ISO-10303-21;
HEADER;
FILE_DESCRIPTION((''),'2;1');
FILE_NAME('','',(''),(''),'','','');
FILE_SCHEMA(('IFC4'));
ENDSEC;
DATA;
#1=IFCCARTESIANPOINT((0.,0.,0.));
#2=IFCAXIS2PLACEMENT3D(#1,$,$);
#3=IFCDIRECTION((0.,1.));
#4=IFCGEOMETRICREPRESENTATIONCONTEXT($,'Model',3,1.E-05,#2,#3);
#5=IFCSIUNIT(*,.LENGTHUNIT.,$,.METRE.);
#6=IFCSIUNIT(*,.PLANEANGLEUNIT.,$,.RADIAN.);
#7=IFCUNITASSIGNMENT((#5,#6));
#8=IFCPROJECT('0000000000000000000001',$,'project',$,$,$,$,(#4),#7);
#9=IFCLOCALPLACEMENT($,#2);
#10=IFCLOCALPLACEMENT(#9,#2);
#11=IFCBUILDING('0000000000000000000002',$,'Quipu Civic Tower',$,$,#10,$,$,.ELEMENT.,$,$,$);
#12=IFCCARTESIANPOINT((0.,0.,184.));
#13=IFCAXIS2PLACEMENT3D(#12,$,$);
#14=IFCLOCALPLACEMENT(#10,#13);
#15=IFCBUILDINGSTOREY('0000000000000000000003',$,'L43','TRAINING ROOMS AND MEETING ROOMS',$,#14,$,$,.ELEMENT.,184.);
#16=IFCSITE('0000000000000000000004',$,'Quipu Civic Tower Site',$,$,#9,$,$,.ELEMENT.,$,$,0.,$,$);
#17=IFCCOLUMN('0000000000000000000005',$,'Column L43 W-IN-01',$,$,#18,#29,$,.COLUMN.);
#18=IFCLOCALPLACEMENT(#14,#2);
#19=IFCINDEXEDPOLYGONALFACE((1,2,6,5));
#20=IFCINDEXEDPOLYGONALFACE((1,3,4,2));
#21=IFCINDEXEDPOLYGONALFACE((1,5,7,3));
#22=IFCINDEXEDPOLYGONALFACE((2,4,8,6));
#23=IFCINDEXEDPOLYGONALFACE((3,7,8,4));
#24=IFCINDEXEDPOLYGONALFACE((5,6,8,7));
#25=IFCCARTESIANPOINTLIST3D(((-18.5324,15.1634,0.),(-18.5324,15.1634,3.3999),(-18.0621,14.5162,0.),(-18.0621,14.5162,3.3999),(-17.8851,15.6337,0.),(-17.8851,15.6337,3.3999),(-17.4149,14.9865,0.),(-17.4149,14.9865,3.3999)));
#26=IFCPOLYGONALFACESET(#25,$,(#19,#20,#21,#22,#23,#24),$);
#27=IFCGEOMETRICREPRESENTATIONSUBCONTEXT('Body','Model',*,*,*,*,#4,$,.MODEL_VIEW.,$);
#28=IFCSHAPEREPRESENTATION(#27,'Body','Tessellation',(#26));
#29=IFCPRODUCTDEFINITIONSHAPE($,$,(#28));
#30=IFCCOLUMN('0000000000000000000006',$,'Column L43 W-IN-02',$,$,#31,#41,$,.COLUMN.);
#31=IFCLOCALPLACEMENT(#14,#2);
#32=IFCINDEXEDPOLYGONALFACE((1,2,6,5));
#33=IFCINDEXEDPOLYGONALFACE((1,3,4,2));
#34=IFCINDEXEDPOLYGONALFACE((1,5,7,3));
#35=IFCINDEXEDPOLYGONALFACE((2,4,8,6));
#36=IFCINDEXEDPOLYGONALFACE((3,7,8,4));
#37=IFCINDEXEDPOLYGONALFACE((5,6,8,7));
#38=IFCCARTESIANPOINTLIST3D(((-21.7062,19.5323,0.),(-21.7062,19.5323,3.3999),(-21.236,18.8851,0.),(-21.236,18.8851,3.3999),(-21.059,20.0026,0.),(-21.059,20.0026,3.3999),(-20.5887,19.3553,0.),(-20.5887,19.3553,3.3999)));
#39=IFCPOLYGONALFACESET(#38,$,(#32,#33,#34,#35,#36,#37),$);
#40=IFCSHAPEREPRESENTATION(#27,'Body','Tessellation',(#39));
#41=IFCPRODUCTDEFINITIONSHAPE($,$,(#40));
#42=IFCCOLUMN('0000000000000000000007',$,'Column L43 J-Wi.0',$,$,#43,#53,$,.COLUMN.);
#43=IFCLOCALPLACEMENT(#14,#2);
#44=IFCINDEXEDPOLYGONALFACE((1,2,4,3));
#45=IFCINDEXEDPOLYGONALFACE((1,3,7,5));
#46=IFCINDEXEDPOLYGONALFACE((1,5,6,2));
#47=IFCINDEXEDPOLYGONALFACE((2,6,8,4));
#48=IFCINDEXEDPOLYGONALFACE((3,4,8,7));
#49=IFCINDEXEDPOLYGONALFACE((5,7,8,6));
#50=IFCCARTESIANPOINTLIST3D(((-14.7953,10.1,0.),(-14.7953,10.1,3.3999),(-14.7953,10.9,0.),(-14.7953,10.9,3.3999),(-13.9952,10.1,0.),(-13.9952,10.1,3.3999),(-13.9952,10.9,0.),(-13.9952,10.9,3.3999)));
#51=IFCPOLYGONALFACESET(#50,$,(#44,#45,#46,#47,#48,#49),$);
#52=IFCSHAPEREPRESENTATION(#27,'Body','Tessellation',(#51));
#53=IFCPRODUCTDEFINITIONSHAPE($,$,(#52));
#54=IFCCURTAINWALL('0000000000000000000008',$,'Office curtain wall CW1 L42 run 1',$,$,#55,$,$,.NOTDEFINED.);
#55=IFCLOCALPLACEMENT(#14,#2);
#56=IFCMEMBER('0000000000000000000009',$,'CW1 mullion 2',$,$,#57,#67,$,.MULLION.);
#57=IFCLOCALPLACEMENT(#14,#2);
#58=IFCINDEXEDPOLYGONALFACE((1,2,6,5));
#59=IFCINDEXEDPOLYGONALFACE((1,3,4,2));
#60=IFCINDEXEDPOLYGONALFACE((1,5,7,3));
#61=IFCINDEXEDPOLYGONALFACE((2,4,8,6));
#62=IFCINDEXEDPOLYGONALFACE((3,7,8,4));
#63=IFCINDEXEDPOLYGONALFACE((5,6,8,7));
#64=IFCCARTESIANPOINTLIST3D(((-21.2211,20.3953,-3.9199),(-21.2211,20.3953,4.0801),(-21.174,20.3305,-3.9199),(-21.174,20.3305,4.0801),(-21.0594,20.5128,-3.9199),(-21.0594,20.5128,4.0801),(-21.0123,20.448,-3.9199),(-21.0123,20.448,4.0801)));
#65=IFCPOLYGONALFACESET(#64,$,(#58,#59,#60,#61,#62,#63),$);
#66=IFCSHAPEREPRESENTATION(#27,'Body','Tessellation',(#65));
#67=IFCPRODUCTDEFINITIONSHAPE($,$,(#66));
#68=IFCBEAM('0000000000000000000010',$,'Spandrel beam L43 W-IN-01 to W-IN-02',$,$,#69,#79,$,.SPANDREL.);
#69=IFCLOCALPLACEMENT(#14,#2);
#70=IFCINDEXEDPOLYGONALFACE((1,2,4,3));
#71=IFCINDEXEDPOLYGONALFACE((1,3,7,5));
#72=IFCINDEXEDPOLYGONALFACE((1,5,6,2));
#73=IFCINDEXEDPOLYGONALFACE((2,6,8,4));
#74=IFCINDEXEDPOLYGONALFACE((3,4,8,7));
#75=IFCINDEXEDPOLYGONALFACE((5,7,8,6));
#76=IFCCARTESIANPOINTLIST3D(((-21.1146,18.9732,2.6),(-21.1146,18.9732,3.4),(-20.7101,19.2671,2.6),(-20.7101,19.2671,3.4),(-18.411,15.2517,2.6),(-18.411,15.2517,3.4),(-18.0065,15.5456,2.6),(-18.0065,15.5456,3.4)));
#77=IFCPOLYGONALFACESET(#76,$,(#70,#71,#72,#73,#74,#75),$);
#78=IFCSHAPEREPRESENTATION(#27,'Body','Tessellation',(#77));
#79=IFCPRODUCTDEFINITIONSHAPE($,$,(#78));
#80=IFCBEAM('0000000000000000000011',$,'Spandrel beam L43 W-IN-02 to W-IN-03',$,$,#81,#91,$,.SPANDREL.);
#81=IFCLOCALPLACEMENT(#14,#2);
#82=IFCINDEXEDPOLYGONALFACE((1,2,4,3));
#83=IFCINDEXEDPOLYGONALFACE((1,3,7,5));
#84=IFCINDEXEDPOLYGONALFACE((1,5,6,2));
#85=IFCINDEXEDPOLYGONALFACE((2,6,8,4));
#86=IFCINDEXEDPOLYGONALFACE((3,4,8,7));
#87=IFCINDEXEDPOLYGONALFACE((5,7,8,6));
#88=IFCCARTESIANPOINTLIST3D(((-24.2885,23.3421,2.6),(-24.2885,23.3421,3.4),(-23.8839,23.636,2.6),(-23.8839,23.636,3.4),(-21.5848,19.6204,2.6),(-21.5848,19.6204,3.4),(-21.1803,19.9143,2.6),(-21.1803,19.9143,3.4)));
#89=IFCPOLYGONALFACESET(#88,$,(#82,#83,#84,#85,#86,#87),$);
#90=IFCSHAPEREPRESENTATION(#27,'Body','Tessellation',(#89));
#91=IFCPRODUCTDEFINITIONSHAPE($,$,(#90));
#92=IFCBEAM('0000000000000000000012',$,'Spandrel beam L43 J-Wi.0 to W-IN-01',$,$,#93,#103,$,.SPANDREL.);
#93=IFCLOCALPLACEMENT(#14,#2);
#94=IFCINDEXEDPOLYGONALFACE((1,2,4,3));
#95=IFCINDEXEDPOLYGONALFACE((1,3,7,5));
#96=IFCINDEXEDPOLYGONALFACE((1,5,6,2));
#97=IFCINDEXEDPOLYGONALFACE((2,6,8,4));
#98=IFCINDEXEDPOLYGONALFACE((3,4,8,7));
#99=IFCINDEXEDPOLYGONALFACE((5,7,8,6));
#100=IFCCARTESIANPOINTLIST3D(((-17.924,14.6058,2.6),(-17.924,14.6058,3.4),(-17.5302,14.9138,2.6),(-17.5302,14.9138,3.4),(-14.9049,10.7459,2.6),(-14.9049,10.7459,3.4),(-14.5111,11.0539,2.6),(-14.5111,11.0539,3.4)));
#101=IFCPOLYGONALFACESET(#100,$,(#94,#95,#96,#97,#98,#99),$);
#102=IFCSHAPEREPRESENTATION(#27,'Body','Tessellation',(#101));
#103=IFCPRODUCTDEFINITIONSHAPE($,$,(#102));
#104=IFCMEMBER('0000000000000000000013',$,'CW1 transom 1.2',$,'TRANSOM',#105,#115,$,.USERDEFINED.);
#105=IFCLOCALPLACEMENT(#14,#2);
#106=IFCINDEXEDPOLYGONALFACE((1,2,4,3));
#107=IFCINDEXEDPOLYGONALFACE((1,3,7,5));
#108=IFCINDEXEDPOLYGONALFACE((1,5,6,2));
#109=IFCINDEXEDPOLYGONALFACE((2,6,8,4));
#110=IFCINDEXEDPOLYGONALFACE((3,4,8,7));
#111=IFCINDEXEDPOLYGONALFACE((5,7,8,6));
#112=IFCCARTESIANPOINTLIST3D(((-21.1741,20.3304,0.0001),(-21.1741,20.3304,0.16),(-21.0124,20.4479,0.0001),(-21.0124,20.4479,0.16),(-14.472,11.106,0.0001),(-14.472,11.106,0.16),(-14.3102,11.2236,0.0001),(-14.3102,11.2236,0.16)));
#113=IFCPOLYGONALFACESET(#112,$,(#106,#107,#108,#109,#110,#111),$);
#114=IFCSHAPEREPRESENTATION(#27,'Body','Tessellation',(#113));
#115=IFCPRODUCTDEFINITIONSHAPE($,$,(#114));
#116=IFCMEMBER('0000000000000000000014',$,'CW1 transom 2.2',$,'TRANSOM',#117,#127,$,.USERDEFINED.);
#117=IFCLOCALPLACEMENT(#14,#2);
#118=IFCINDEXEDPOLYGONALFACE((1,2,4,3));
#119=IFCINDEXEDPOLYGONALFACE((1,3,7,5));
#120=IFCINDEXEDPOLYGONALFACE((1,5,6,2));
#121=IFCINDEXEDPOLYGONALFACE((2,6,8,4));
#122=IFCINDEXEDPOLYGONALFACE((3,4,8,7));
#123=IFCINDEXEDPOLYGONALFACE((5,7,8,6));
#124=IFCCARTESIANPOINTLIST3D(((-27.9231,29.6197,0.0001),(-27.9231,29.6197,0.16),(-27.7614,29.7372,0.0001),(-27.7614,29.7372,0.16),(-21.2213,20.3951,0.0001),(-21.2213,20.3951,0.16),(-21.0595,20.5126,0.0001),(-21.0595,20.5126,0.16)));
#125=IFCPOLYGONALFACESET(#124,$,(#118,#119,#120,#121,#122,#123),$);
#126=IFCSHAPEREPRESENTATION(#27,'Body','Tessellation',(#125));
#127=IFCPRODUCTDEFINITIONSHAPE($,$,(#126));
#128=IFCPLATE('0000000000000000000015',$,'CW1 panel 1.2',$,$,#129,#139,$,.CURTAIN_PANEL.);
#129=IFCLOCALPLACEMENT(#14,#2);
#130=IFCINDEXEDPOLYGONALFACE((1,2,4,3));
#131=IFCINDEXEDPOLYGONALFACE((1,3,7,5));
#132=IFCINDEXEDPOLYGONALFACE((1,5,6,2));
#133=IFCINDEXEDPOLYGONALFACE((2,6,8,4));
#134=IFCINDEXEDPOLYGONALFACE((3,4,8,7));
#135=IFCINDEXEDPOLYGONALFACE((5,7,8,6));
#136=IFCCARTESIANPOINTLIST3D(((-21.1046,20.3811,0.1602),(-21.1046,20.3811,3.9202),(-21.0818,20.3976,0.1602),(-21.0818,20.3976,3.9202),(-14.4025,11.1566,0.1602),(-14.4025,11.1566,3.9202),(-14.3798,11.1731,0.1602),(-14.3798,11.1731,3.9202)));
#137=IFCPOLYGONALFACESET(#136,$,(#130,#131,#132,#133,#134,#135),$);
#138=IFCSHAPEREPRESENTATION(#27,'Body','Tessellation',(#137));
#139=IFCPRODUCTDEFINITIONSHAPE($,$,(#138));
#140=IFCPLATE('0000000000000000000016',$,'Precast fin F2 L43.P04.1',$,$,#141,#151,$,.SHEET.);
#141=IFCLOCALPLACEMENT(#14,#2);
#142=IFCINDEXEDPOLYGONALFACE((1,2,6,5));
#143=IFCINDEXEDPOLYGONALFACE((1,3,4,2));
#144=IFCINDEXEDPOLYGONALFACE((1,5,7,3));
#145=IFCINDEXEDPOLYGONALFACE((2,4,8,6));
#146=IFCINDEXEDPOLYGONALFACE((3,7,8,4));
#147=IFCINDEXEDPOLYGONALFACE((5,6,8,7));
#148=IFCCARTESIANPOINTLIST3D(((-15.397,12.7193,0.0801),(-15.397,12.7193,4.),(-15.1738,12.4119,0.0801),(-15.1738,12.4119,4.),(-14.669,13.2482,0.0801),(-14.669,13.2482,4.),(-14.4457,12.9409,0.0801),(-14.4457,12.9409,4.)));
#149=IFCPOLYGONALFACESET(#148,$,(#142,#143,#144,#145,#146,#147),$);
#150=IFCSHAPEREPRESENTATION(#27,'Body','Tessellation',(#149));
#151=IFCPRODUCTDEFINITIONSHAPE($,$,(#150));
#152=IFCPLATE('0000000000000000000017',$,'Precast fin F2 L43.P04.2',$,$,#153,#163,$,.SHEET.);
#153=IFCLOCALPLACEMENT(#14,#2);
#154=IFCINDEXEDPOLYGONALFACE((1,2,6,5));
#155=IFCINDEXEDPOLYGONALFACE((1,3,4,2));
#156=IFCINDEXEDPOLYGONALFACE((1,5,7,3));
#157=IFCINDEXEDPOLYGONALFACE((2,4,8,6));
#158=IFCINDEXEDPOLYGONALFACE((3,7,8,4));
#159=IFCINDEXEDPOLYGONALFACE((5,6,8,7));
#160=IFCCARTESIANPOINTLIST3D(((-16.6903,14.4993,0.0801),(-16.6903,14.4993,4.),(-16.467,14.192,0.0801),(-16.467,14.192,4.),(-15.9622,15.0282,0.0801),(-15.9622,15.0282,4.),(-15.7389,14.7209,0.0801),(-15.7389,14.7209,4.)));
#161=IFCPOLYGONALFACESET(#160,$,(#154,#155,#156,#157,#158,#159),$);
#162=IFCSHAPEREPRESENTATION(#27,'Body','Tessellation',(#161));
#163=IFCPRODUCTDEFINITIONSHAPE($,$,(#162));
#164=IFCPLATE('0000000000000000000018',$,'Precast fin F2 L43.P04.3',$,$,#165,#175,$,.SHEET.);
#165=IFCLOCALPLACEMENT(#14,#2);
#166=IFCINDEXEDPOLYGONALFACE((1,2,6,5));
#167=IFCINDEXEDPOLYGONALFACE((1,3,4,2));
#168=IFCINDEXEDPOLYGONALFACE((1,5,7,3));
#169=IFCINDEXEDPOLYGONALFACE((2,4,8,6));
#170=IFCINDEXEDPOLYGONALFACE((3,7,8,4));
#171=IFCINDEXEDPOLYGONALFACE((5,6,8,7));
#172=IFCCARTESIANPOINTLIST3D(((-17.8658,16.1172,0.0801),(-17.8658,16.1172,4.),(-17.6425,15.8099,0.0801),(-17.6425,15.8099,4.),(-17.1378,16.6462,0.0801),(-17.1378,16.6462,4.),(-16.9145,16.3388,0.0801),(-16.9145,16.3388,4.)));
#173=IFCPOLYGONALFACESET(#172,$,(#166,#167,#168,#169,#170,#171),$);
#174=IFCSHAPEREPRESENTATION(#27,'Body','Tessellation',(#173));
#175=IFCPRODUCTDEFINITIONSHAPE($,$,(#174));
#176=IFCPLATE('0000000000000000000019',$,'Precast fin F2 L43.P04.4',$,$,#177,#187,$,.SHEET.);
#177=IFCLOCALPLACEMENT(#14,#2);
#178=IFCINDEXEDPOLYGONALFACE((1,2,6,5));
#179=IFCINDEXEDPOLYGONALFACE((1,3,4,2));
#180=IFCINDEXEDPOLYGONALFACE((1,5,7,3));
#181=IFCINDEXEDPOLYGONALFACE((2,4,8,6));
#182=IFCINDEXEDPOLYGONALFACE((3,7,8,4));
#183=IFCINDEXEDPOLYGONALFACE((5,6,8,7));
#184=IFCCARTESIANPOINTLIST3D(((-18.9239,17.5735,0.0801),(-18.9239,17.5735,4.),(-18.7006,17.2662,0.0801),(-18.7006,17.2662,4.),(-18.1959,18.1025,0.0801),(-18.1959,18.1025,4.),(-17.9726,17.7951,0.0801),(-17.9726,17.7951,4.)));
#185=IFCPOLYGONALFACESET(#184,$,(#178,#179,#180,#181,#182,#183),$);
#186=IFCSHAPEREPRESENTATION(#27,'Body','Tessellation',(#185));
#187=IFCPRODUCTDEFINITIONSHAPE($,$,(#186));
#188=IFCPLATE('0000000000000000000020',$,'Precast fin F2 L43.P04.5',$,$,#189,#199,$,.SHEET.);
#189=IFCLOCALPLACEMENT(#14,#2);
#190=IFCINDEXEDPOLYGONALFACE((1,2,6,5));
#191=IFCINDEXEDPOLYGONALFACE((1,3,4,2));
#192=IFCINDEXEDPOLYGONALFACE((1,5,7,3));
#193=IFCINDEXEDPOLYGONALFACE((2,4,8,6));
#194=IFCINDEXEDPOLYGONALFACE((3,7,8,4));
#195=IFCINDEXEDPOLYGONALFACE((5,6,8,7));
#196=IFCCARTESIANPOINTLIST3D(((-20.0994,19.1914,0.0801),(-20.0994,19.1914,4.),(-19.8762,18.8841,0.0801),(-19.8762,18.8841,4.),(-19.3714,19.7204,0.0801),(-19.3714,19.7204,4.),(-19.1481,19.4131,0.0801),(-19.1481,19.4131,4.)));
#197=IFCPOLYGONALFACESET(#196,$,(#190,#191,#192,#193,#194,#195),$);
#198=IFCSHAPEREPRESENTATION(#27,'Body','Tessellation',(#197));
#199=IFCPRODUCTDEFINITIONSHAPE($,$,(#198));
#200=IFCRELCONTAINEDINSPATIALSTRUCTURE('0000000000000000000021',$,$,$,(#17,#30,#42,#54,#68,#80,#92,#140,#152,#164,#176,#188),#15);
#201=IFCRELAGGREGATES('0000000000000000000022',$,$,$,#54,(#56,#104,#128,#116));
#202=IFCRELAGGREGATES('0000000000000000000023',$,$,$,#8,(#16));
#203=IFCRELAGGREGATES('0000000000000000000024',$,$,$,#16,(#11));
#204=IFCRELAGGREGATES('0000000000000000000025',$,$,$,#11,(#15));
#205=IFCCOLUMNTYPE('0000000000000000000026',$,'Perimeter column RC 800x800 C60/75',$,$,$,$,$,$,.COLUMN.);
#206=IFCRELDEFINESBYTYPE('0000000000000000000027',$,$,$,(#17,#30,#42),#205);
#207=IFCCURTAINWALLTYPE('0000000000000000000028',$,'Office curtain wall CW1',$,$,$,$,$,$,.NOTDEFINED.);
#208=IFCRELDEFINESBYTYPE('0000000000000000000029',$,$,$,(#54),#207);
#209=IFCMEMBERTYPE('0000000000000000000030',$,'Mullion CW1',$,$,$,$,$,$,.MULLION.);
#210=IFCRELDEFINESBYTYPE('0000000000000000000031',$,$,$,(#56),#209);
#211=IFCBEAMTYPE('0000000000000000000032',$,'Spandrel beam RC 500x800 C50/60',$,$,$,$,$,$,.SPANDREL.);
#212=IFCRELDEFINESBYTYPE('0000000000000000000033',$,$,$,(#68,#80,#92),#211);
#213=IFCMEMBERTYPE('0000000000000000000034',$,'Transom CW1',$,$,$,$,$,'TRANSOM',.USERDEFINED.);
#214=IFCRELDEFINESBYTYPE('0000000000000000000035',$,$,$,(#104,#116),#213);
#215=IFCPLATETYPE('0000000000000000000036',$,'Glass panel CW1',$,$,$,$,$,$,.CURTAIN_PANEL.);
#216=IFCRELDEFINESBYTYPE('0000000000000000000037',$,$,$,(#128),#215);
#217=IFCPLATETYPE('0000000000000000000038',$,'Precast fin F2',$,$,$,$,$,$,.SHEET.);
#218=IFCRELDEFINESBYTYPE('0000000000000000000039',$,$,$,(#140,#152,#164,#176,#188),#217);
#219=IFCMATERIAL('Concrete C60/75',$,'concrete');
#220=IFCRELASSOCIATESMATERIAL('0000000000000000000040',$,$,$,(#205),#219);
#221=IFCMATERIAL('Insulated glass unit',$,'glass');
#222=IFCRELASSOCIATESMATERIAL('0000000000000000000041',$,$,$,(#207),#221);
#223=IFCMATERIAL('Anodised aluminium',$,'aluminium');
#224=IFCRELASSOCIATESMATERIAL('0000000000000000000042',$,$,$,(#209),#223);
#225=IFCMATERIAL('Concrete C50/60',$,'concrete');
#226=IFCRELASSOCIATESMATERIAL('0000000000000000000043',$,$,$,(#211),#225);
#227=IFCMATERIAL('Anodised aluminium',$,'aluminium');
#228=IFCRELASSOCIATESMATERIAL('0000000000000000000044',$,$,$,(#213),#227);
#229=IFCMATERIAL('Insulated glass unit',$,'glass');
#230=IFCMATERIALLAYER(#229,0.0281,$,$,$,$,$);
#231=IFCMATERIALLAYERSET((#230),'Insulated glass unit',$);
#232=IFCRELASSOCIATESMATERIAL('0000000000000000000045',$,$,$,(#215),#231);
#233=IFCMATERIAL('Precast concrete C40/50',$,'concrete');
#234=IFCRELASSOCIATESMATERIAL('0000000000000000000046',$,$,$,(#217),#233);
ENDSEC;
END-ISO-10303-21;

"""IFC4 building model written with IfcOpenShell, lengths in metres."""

from ifc_helpers import new_model, si_unit, direction, frame, origin, origin_2d, place, context, subcontext, project, spatial, rectangle, extrude, material, layer, layer_set, material_profile, profile_set, type_object, element, aggregate, save


model = new_model("IFC4")

# Units and contexts
model_context = context("Model", 3, precision=1e-05, world=origin(), true_north=direction((0.0, 1.0)))
body_context = subcontext(model_context, "Body", "Model", "MODEL_VIEW")
ifc_project = project(units=[si_unit("LENGTHUNIT", "METRE"), si_unit("PLANEANGLEUNIT", "RADIAN")], contexts=[model_context])

# Site, building, storey
site_placement = place(None, origin())
site = spatial("IfcSite", under=ifc_project, at=site_placement, Name="Quipu Civic Tower Site", CompositionType="ELEMENT", RefElevation=0.0)
building_placement = place(site_placement, origin())
building = spatial("IfcBuilding", under=site, at=building_placement, Name="Quipu Civic Tower", CompositionType="ELEMENT")
storey_placement = place(building_placement, frame((0.0, 0.0, 184.0)))
storey = spatial("IfcBuildingStorey", under=building, at=storey_placement, Name="L43", Description="TRAINING ROOMS AND MEETING ROOMS", CompositionType="ELEMENT", Elevation=184.0)

# Columns
ifc_material_1 = material(Name="Concrete C60/75", Category="concrete")
ifc_material_profile_1 = material_profile(ifc_material_1, rectangle(XDim=0.8, YDim=0.8, at=origin_2d()), Name="RC800x800")
ifc_profile_set_1 = profile_set([ifc_material_profile_1], Name="Concrete C60/75")
column_type = type_object("IfcColumnType", Name="Perimeter column RC 800x800 C60/75", PredefinedType="COLUMN", material=ifc_profile_set_1)
for number, where, z_axis, x_axis, name in (
    (1, (-17.9736, 15.075, 0.0), (0.0, 0.0, 1.0), (-0.587785, 0.809017, 0.0), "Column L43 W-IN-01"),
    (2, (-21.1475, 19.4438, 0.0), (0.0, 0.0, 1.0), (-0.587785, 0.809017, 0.0), "Column L43 W-IN-02"),
    (3, (-14.3953, 10.5, 0.0), (0.0, 0.0, 1.0), (-1.0, 0.0, 0.0), "Column L43 J-Wi.0"),
):
    element("IfcColumn", number, at=place(storey_placement, frame(where, z_axis=z_axis, x_axis=x_axis)), inside=storey, type_object=column_type, Name=name, PredefinedType="COLUMN", context=body_context, shape_type="SweptSolid", body=[
        extrude(rectangle(XDim=0.8, YDim=0.8, at=origin_2d()), origin(), (0.0, 0.0, 1.0), 3.3999),
    ])

# Curtain wall, member
ifc_material_2 = material(Name="Insulated glass unit", Category="glass")
curtain_wall_type = type_object("IfcCurtainWallType", Name="Office curtain wall CW1", PredefinedType="NOTDEFINED", material=ifc_material_2)
curtain_wall_placement = place(storey_placement, origin())
curtain_wall = element("IfcCurtainWall", 4, at=curtain_wall_placement, inside=storey, type_object=curtain_wall_type, Name="Office curtain wall CW1 L42 run 1", PredefinedType="NOTDEFINED")
ifc_material_3 = material(Name="Anodised aluminium", Category="aluminium")
ifc_material_profile_2 = material_profile(ifc_material_3, rectangle(XDim=0.2, YDim=0.0801, at=origin_2d()), Name="RECT 200x80")
ifc_profile_set_2 = profile_set([ifc_material_profile_2], Name="Anodised aluminium")
member_type_1 = type_object("IfcMemberType", Name="Mullion CW1", PredefinedType="MULLION", material=ifc_profile_set_2)
member_1_placement = place(storey_placement, frame((-21.1167, 20.4216, -3.9199), z_axis=(0.0, 0.0, 1.0), x_axis=(-0.809014, -0.587789, 0.0)))
member_1 = element("IfcMember", 5, at=member_1_placement, type_object=member_type_1, Name="CW1 mullion 2", PredefinedType="MULLION", context=body_context, shape_type="SweptSolid", body=[
    extrude(rectangle(XDim=0.2, YDim=0.0801, at=origin_2d()), origin(), (0.0, 0.0, 1.0), 8.0),
])

# Beams
ifc_material_4 = material(Name="Concrete C50/60", Category="concrete")
ifc_material_profile_3 = material_profile(ifc_material_4, rectangle(XDim=0.5, YDim=0.8, at=origin_2d()), Name="RC500x800")
ifc_profile_set_3 = profile_set([ifc_material_profile_3], Name="Concrete C50/60")
beam_type = type_object("IfcBeamType", Name="Spandrel beam RC 500x800 C50/60", PredefinedType="SPANDREL", material=ifc_profile_set_3)
beam_1_placement = place(storey_placement, frame((-18.2087, 15.3987, 3.0), z_axis=(-0.587761, 0.809034, 0.0), x_axis=(-0.809034, -0.587761, 0.0)))
element("IfcBeam", 6, at=beam_1_placement, inside=storey, type_object=beam_type, Name="Spandrel beam L43 W-IN-01 to W-IN-02", PredefinedType="SPANDREL", context=body_context, shape_type="SweptSolid", body=[
    extrude(rectangle(XDim=0.5, YDim=0.8, at=origin_2d()), origin(), (0.0, 0.0, 1.0), 4.5999),
])
beam_2_placement = place(storey_placement, frame((-21.3826, 19.7673, 3.0), z_axis=(-0.587736, 0.809053, 0.0), x_axis=(-0.809053, -0.587736, 0.0)))
element("IfcBeam", 7, at=beam_2_placement, inside=storey, type_object=beam_type, Name="Spandrel beam L43 W-IN-02 to W-IN-03", PredefinedType="SPANDREL", context=body_context, shape_type="SweptSolid", body=[
    extrude(rectangle(XDim=0.5, YDim=0.8, at=origin_2d()), origin(), (0.0, 0.0, 1.0), 4.6001),
])
beam_3_placement = place(storey_placement, frame((-14.708, 10.8999, 3.0), z_axis=(-0.616091, 0.787675, 0.0), x_axis=(-0.787675, -0.616091, 0.0)))
element("IfcBeam", 8, at=beam_3_placement, inside=storey, type_object=beam_type, Name="Spandrel beam L43 J-Wi.0 to W-IN-01", PredefinedType="SPANDREL", context=body_context, shape_type="SweptSolid", body=[
    extrude(rectangle(XDim=0.5, YDim=0.8, at=origin_2d()), origin(), (0.0, 0.0, 1.0), 4.9004),
])

# Members
ifc_material_5 = material(Name="Anodised aluminium", Category="aluminium")
ifc_material_profile_4 = material_profile(ifc_material_5, rectangle(XDim=0.2, YDim=0.1599, at=origin_2d()), Name="RECT 200x160")
ifc_profile_set_4 = profile_set([ifc_material_profile_4], Name="Anodised aluminium")
member_type_2 = type_object("IfcMemberType", Name="Transom CW1", ElementType="TRANSOM", PredefinedType="USERDEFINED", material=ifc_profile_set_4)
member_2_placement = place(storey_placement, frame((-14.3911, 11.1648, 0.0801), z_axis=(-0.5878, 0.809006, 0.0), x_axis=(-0.809006, -0.5878, 0.0)))
member_2 = element("IfcMember", 9, at=member_2_placement, type_object=member_type_2, Name="CW1 transom 1.2", ObjectType="TRANSOM", PredefinedType="USERDEFINED", context=body_context, shape_type="SweptSolid", body=[
    extrude(rectangle(XDim=0.2, YDim=0.1599, at=origin_2d()), origin(), (0.0, 0.0, 1.0), 11.4021),
])
member_3_placement = place(storey_placement, frame((-21.1404, 20.4539, 0.0801), z_axis=(-0.587776, 0.809024, 0.0), x_axis=(-0.809024, -0.587776, 0.0)))
member_3 = element("IfcMember", 10, at=member_3_placement, type_object=member_type_2, Name="CW1 transom 2.2", ObjectType="TRANSOM", PredefinedType="USERDEFINED", context=body_context, shape_type="SweptSolid", body=[
    extrude(rectangle(XDim=0.2, YDim=0.1599, at=origin_2d()), origin(), (0.0, 0.0, 1.0), 11.4021),
])

# Plate
ifc_material_6 = material(Name="Insulated glass unit", Category="glass")
ifc_layer_1 = layer(ifc_material_6, 0.0281)
ifc_layer_set_1 = layer_set([ifc_layer_1], Name="Insulated glass unit")
plate_type_1 = type_object("IfcPlateType", Name="Glass panel CW1", PredefinedType="CURTAIN_PANEL", material=ifc_layer_set_1)
plate_placement = place(storey_placement, frame((-17.7422, 15.7771, 0.1602), z_axis=(0.0, 0.0, 1.0), x_axis=(-0.587789, 0.809014, 0.0)))
plate = element("IfcPlate", 11, at=plate_placement, type_object=plate_type_1, Name="CW1 panel 1.2", PredefinedType="CURTAIN_PANEL", context=body_context, shape_type="SweptSolid", body=[
    extrude(rectangle(XDim=11.4021, YDim=0.0281, at=origin_2d()), origin(), (0.0, 0.0, 1.0), 3.76),
])
aggregate(curtain_wall, [member_1, member_2, plate, member_3])

# Plates
ifc_material_7 = material(Name="Precast concrete C40/50", Category="concrete")
plate_type_2 = type_object("IfcPlateType", Name="Precast fin F2", PredefinedType="SHEET", material=ifc_material_7)
for number, where, z_axis, x_axis, name in (
    (12, (-14.9214, 12.8301, 0.0801), (0.0, 0.0, 1.0), (-0.587787, 0.809016, 0.0), "Precast fin F2 L43.P04.1"),
    (13, (-16.2146, 14.6101, 0.0801), (0.0, 0.0, 1.0), (-0.587787, 0.809016, 0.0), "Precast fin F2 L43.P04.2"),
    (14, (-17.3901, 16.228, 0.0801), (0.0, 0.0, 1.0), (-0.587787, 0.809016, 0.0), "Precast fin F2 L43.P04.3"),
    (15, (-18.4482, 17.6843, 0.0801), (0.0, 0.0, 1.0), (-0.587787, 0.809016, 0.0), "Precast fin F2 L43.P04.4"),
    (16, (-19.6238, 19.3022, 0.0801), (0.0, 0.0, 1.0), (-0.587787, 0.809016, 0.0), "Precast fin F2 L43.P04.5"),
):
    element("IfcPlate", number, at=place(storey_placement, frame(where, z_axis=z_axis, x_axis=x_axis)), inside=storey, type_object=plate_type_2, Name=name, PredefinedType="SHEET", context=body_context, shape_type="SweptSolid", body=[
        extrude(rectangle(XDim=0.3799, YDim=0.8999, at=origin_2d()), origin(), (0.0, 0.0, 1.0), 3.9199),
    ])

save(model, "model.ifc")
